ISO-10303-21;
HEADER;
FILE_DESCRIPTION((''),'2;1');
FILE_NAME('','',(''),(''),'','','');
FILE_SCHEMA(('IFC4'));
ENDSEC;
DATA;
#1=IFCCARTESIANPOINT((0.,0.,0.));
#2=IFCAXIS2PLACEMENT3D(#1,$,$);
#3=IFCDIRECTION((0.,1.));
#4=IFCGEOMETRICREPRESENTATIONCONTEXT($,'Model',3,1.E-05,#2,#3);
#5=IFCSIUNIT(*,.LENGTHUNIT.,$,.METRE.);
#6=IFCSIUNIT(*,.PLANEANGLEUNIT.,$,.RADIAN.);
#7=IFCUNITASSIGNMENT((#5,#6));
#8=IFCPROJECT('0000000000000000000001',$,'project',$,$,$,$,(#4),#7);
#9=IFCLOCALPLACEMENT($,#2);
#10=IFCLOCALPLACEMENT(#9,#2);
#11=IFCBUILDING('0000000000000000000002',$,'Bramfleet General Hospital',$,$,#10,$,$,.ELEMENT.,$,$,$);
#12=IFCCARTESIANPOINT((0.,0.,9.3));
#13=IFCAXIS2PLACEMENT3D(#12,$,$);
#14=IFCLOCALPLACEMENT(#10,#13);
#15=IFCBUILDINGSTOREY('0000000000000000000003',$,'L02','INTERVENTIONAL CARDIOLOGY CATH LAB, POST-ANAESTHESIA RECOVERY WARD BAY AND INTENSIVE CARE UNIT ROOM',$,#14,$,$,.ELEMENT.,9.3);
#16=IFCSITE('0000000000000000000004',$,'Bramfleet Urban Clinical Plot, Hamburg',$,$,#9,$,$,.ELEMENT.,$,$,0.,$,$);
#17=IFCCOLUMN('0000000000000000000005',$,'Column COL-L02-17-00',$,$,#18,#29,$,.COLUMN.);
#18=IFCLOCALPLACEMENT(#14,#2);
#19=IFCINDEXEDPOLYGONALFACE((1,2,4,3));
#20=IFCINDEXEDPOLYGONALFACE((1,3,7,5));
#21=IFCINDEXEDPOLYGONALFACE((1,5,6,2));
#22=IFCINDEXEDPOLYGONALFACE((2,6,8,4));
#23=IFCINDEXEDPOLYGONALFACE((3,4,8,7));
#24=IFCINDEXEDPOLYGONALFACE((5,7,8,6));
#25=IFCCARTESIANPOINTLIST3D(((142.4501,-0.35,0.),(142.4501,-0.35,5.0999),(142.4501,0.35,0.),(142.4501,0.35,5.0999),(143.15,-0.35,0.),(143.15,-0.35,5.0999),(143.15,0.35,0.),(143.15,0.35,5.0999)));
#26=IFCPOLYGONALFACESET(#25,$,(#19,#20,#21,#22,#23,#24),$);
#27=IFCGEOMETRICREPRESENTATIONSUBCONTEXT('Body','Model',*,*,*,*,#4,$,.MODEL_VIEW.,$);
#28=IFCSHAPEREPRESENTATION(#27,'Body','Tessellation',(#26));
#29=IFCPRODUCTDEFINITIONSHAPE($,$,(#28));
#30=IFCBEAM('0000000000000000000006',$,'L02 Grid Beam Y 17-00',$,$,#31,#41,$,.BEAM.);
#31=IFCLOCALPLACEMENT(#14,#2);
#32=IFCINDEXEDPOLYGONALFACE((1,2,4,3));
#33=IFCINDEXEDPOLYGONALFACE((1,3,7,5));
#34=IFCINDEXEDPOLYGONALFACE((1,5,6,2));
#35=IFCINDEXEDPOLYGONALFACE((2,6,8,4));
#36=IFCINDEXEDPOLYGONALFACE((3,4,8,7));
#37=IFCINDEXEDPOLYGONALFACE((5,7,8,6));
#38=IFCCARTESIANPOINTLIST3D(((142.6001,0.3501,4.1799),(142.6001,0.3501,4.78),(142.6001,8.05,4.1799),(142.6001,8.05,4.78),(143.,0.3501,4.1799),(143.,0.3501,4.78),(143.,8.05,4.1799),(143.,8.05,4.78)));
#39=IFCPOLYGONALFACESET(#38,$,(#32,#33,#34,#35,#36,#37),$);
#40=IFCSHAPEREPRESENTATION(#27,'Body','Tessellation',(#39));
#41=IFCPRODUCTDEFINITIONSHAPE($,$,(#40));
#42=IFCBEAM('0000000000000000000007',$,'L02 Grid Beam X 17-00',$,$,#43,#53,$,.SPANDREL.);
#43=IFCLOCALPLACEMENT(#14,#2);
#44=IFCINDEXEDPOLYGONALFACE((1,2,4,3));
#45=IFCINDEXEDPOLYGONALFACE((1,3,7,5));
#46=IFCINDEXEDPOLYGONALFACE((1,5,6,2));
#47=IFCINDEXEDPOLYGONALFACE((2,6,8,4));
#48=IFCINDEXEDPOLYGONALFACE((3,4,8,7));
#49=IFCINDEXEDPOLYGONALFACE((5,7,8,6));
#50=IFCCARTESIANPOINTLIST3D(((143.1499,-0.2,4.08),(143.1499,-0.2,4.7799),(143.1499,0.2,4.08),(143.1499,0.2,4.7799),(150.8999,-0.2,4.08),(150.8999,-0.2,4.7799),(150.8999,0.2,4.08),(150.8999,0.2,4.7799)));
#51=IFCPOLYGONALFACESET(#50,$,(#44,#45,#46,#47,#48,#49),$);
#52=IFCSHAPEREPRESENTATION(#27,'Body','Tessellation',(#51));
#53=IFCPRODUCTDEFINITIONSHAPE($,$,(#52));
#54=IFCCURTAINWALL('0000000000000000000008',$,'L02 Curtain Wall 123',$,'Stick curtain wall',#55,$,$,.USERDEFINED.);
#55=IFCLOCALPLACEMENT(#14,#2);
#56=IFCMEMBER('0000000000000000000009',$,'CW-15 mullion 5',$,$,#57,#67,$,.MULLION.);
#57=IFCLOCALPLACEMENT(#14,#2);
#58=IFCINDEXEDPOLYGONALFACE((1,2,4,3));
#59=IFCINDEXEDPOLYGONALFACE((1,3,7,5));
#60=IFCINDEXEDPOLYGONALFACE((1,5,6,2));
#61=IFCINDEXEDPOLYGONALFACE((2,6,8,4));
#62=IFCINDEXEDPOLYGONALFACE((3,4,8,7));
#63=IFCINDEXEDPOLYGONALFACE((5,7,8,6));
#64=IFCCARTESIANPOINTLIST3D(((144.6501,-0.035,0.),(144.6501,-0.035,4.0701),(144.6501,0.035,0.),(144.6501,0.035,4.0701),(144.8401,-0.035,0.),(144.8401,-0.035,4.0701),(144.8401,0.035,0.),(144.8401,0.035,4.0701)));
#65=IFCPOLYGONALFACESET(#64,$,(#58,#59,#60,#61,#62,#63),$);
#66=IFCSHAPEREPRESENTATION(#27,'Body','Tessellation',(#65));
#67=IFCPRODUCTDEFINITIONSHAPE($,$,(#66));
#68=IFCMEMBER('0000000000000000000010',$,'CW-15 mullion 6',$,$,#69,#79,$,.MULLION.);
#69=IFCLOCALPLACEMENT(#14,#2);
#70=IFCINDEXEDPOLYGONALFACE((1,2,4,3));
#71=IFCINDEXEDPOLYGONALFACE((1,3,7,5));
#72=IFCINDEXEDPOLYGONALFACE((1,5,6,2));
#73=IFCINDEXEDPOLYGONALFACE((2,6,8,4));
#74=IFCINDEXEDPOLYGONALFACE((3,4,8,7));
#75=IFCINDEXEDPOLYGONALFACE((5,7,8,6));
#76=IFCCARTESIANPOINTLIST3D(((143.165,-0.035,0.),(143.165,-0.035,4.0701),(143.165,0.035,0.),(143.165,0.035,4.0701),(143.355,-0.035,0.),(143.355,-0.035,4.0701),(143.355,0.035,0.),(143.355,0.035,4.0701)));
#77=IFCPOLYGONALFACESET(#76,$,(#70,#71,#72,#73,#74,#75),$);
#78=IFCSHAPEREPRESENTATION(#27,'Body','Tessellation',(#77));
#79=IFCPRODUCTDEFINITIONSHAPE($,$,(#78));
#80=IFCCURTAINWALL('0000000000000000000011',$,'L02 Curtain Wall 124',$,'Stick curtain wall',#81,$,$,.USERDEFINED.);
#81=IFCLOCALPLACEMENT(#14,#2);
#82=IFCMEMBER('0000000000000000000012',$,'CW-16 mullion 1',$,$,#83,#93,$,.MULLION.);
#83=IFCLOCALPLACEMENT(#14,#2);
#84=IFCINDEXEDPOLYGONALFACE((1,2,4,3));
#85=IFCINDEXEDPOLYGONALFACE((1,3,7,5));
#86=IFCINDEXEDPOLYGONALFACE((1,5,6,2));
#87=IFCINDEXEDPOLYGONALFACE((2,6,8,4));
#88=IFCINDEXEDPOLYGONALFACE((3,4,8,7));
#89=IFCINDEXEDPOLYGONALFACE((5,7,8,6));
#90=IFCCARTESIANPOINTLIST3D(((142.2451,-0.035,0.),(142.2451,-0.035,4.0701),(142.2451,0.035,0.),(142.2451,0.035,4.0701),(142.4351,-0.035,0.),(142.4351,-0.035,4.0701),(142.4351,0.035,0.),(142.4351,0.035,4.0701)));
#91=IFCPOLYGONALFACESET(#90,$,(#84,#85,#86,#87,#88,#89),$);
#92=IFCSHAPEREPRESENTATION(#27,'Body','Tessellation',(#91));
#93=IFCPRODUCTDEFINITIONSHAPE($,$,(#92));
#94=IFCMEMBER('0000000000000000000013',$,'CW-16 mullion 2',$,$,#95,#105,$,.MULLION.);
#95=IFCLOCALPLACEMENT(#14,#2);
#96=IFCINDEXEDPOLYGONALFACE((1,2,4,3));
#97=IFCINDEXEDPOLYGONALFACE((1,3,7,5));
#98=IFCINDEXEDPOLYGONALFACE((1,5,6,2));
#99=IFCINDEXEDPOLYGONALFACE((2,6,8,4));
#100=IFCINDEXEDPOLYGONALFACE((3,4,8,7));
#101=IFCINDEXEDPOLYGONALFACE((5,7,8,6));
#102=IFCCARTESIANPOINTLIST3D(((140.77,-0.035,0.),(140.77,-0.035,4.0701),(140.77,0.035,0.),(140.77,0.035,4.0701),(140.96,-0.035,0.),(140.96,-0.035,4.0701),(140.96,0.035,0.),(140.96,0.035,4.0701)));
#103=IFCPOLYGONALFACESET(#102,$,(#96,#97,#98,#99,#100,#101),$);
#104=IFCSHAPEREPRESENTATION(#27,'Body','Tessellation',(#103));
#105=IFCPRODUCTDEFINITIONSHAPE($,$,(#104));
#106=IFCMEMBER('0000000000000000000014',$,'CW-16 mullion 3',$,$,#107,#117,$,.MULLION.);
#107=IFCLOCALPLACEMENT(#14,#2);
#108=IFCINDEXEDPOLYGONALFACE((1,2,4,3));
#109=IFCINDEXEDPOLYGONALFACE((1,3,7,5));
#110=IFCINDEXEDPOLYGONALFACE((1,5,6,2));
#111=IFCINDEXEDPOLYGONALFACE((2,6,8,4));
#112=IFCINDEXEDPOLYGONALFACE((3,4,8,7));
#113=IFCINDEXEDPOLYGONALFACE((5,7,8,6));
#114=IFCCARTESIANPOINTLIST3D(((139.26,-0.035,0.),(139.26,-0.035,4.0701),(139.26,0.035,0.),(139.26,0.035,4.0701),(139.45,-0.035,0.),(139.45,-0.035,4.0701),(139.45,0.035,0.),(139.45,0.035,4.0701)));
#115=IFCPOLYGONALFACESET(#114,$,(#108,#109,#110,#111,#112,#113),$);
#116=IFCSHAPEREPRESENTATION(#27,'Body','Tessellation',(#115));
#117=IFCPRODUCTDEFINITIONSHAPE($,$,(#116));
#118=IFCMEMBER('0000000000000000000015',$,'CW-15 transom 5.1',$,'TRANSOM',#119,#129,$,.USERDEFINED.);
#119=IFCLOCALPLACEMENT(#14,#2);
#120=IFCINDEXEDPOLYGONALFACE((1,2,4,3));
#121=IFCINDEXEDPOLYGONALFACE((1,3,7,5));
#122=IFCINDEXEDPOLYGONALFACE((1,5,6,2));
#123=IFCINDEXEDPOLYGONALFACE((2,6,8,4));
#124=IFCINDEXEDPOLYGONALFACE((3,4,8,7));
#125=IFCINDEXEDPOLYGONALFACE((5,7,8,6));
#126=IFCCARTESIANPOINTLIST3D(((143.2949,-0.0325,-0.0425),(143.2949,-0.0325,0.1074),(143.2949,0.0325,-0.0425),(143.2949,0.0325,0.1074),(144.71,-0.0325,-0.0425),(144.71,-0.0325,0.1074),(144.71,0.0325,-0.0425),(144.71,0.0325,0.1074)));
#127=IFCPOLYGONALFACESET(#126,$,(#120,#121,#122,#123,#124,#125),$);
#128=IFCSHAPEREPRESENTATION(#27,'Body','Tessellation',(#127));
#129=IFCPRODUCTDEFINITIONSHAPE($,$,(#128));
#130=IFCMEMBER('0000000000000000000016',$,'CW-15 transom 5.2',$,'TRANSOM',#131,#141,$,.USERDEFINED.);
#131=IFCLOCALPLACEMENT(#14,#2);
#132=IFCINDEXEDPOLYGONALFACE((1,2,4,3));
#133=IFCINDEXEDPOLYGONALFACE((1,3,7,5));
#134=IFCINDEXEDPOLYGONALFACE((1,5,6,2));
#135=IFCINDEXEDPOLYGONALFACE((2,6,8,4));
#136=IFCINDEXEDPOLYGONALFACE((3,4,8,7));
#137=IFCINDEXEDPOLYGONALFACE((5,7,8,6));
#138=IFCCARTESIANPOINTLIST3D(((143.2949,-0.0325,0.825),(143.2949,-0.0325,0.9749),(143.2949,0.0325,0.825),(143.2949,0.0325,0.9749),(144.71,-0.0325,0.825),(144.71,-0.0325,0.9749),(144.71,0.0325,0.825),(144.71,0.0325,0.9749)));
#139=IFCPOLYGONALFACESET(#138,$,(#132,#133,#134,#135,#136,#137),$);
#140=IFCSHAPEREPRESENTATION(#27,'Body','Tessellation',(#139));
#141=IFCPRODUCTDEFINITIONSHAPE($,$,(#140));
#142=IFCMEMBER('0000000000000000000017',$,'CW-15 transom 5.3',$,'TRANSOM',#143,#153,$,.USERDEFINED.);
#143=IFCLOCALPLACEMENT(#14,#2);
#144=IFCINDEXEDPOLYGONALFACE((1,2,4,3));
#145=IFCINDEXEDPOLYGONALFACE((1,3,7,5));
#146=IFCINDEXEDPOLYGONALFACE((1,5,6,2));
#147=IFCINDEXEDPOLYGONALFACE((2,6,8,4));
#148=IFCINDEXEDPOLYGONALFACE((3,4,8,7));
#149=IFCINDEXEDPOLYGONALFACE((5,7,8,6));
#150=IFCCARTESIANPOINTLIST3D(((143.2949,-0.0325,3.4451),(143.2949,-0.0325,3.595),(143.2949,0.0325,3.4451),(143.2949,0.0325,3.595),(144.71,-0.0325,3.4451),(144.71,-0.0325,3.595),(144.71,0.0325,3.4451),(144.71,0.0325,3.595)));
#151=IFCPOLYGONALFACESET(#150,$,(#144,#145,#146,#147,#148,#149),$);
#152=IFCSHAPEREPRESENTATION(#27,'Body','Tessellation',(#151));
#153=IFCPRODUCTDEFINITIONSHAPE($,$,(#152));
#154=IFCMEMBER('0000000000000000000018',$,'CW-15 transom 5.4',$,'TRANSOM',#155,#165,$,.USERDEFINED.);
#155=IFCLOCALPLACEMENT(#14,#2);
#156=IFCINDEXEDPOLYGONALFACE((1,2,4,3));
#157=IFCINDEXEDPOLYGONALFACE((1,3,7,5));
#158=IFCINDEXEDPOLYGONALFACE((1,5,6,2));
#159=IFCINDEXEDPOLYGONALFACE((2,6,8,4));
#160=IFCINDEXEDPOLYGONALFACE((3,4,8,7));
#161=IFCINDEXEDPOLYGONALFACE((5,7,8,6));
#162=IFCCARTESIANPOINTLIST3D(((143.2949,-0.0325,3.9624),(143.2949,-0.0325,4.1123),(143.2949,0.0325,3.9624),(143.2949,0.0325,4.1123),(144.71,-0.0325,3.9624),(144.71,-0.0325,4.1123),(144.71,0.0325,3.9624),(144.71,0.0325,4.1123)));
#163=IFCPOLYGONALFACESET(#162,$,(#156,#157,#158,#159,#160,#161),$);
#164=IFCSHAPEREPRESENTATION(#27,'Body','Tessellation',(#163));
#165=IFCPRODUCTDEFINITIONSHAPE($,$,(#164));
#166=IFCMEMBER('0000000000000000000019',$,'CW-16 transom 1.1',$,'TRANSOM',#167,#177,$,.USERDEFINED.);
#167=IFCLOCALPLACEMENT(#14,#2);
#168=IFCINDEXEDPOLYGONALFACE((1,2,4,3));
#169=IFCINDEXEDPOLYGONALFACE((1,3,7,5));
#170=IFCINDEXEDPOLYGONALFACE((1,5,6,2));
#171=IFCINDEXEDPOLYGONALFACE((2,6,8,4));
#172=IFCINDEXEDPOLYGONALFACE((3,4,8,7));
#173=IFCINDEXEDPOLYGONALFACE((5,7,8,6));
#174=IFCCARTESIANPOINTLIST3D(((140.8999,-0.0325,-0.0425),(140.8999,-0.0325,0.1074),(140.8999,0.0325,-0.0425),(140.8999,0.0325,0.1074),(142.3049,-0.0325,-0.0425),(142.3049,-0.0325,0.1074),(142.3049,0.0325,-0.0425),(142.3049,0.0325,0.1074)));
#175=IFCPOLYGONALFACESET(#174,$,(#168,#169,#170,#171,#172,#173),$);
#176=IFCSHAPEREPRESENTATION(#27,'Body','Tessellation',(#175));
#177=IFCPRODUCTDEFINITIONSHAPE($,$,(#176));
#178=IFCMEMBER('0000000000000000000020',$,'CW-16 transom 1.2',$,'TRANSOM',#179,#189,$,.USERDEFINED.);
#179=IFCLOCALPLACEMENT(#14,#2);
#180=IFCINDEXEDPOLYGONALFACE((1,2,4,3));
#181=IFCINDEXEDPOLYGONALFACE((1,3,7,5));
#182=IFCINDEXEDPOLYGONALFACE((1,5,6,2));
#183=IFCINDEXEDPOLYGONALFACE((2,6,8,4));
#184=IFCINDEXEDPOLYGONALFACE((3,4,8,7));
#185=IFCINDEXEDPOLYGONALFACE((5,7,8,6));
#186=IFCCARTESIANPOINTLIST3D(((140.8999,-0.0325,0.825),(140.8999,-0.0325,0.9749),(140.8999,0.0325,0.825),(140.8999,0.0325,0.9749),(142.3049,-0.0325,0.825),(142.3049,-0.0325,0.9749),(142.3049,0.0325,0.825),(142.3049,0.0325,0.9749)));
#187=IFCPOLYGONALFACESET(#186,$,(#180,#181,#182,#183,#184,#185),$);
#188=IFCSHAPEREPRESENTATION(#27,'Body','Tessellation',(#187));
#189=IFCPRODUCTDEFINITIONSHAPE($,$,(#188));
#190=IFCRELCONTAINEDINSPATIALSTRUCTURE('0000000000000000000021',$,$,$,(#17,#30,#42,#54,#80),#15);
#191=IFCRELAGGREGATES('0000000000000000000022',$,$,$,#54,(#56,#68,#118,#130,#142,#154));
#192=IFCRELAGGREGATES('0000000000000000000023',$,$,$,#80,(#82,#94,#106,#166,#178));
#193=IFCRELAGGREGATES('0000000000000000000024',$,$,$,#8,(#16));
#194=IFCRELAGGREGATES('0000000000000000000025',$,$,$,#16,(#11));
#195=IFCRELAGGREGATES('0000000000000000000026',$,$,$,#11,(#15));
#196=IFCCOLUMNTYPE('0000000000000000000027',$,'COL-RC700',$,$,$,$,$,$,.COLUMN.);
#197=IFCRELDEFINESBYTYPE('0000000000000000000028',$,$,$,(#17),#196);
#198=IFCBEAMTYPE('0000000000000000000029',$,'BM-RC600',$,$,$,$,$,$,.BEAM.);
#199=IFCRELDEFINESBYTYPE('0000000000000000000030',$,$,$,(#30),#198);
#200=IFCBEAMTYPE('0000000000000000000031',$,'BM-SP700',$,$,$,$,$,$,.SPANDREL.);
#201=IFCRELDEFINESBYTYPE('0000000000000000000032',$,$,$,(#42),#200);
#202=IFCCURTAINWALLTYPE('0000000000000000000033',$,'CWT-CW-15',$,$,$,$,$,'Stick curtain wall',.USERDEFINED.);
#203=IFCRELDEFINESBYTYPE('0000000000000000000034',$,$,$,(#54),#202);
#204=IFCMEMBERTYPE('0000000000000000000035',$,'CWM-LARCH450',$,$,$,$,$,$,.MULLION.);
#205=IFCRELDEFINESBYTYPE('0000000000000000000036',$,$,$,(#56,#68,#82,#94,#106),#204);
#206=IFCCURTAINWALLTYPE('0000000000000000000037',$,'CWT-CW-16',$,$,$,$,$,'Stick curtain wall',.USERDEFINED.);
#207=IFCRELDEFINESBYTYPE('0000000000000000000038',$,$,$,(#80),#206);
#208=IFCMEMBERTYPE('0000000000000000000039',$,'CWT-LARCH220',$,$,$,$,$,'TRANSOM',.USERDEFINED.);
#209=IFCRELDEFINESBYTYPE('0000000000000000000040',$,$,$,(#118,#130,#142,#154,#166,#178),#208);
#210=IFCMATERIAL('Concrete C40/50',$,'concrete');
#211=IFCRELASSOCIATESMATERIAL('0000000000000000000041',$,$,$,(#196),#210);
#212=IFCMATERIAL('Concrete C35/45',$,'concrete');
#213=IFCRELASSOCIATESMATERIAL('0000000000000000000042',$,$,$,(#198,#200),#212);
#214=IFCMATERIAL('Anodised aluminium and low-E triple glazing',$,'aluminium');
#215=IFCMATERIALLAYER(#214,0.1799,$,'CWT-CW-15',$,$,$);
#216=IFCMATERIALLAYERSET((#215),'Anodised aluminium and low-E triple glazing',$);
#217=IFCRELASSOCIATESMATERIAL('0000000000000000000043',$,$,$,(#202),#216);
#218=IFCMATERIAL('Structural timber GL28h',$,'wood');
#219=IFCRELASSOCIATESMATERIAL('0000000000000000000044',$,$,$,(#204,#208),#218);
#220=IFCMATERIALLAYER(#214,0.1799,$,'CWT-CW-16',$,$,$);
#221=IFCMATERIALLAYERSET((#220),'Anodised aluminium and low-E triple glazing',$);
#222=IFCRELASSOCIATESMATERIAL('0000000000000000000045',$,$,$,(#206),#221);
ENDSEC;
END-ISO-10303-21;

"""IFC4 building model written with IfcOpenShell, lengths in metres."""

from ifc_helpers import new_model, si_unit, direction, frame, origin, origin_2d, place, context, subcontext, project, spatial, rectangle, extrude, material, layer, layer_set, material_profile, profile_set, type_object, element, aggregate, save


model = new_model("IFC4")

# Units and contexts
model_context = context("Model", 3, precision=1e-05, world=origin(), true_north=direction((0.0, 1.0)))
body_context = subcontext(model_context, "Body", "Model", "MODEL_VIEW")
ifc_project = project(units=[si_unit("LENGTHUNIT", "METRE"), si_unit("PLANEANGLEUNIT", "RADIAN")], contexts=[model_context])

# Site, building, storey
site_placement = place(None, origin())
site = spatial("IfcSite", under=ifc_project, at=site_placement, Name="Bramfleet Urban Clinical Plot, Hamburg", CompositionType="ELEMENT", RefElevation=0.0)
building_placement = place(site_placement, origin())
building = spatial("IfcBuilding", under=site, at=building_placement, Name="Bramfleet General Hospital", CompositionType="ELEMENT")
storey_placement = place(building_placement, frame((0.0, 0.0, 9.3)))
storey = spatial("IfcBuildingStorey", under=building, at=storey_placement, Name="L02", Description="INTERVENTIONAL CARDIOLOGY CATH LAB, POST-ANAESTHESIA RECOVERY WARD BAY AND INTENSIVE CARE UNIT ROOM", CompositionType="ELEMENT", Elevation=9.3)

# Column
ifc_material_1 = material(Name="Concrete C40/50", Category="concrete")
ifc_material_profile_1 = material_profile(ifc_material_1, rectangle(XDim=0.7, YDim=0.7, at=origin_2d()), Name="RC COL 700x700")
ifc_profile_set_1 = profile_set([ifc_material_profile_1], Name="Concrete C40/50")
column_type = type_object("IfcColumnType", Name="COL-RC700", PredefinedType="COLUMN", material=ifc_profile_set_1)
column_placement = place(storey_placement, frame((142.8, 0.0, 0.0), z_axis=(0.0, 0.0, 1.0), x_axis=(1.0, 0.0, 0.0)))
element("IfcColumn", 1, at=column_placement, inside=storey, type_object=column_type, Name="Column COL-L02-17-00", PredefinedType="COLUMN", context=body_context, shape_type="SweptSolid", body=[
    extrude(rectangle(XDim=0.7, YDim=0.7, at=origin_2d()), origin(), (0.0, 0.0, 1.0), 5.0999),
])

# Beams
ifc_material_2 = material(Name="Concrete C35/45", Category="concrete")
ifc_material_profile_2 = material_profile(ifc_material_2, rectangle(XDim=0.3999, YDim=0.6001, at=origin_2d()), Name="RC BM 600x400")
ifc_profile_set_2 = profile_set([ifc_material_profile_2], Name="Concrete C35/45")
beam_type_1 = type_object("IfcBeamType", Name="BM-RC600", PredefinedType="BEAM", material=ifc_profile_set_2)
beam_1_placement = place(storey_placement, frame((142.8, 0.3501, 4.48), z_axis=(0.0, 1.0, 0.0), x_axis=(-1.0, 0.0, 0.0)))
element("IfcBeam", 2, at=beam_1_placement, inside=storey, type_object=beam_type_1, Name="L02 Grid Beam Y 17-00", PredefinedType="BEAM", context=body_context, shape_type="SweptSolid", body=[
    extrude(rectangle(XDim=0.3999, YDim=0.6001, at=origin_2d()), origin(), (0.0, 0.0, 1.0), 7.7),
])
ifc_material_profile_3 = material_profile(ifc_material_2, rectangle(XDim=0.3999, YDim=0.7, at=origin_2d()), Name="RC SP 700x400")
ifc_profile_set_3 = profile_set([ifc_material_profile_3], Name="Concrete C35/45")
beam_type_2 = type_object("IfcBeamType", Name="BM-SP700", PredefinedType="SPANDREL", material=ifc_profile_set_3)
beam_2_placement = place(storey_placement, frame((143.1499, 0.0, 4.4299), z_axis=(1.0, 0.0, 0.0), x_axis=(0.0, 1.0, 0.0)))
element("IfcBeam", 3, at=beam_2_placement, inside=storey, type_object=beam_type_2, Name="L02 Grid Beam X 17-00", PredefinedType="SPANDREL", context=body_context, shape_type="SweptSolid", body=[
    extrude(rectangle(XDim=0.3999, YDim=0.7, at=origin_2d()), origin(), (0.0, 0.0, 1.0), 7.75),
])

# Curtain walls, members
ifc_material_3 = material(Name="Anodised aluminium and low-E triple glazing", Category="aluminium")
ifc_layer_1 = layer(ifc_material_3, 0.1799, Name="CWT-CW-15")
ifc_layer_set_1 = layer_set([ifc_layer_1], Name="Anodised aluminium and low-E triple glazing")
curtain_wall_type_1 = type_object("IfcCurtainWallType", Name="CWT-CW-15", ElementType="Stick curtain wall", PredefinedType="USERDEFINED", material=ifc_layer_set_1)
curtain_wall_1_placement = place(storey_placement, origin())
curtain_wall_1 = element("IfcCurtainWall", 4, at=curtain_wall_1_placement, inside=storey, type_object=curtain_wall_type_1, Name="L02 Curtain Wall 123", ObjectType="Stick curtain wall", PredefinedType="USERDEFINED")
ifc_material_4 = material(Name="Structural timber GL28h", Category="wood")
ifc_material_profile_4 = material_profile(ifc_material_4, rectangle(XDim=0.0701, YDim=0.1899, at=origin_2d()), Name="LARCH 190x70")
ifc_profile_set_4 = profile_set([ifc_material_profile_4], Name="Structural timber GL28h")
member_type_1 = type_object("IfcMemberType", Name="CWM-LARCH450", PredefinedType="MULLION", material=ifc_profile_set_4)
member_1_placement = place(storey_placement, frame((144.7451, 0.0, 0.0), z_axis=(0.0, 0.0, 1.0), x_axis=(0.0, -1.0, 0.0)))
member_1 = element("IfcMember", 5, at=member_1_placement, type_object=member_type_1, Name="CW-15 mullion 5", PredefinedType="MULLION", context=body_context, shape_type="SweptSolid", body=[
    extrude(rectangle(XDim=0.0701, YDim=0.1899, at=origin_2d()), origin(), (0.0, 0.0, 1.0), 4.0701),
])
member_2_placement = place(storey_placement, frame((143.26, 0.0, 0.0), z_axis=(0.0, 0.0, 1.0), x_axis=(0.0, -1.0, 0.0)))
member_2 = element("IfcMember", 6, at=member_2_placement, type_object=member_type_1, Name="CW-15 mullion 6", PredefinedType="MULLION", context=body_context, shape_type="SweptSolid", body=[
    extrude(rectangle(XDim=0.0701, YDim=0.1899, at=origin_2d()), origin(), (0.0, 0.0, 1.0), 4.0701),
])
ifc_layer_2 = layer(ifc_material_3, 0.1799, Name="CWT-CW-16")
ifc_layer_set_2 = layer_set([ifc_layer_2], Name="Anodised aluminium and low-E triple glazing")
curtain_wall_type_2 = type_object("IfcCurtainWallType", Name="CWT-CW-16", ElementType="Stick curtain wall", PredefinedType="USERDEFINED", material=ifc_layer_set_2)
curtain_wall_2_placement = place(storey_placement, origin())
curtain_wall_2 = element("IfcCurtainWall", 7, at=curtain_wall_2_placement, inside=storey, type_object=curtain_wall_type_2, Name="L02 Curtain Wall 124", ObjectType="Stick curtain wall", PredefinedType="USERDEFINED")
member_3_placement = place(storey_placement, frame((142.3401, 0.0, 0.0), z_axis=(0.0, 0.0, 1.0), x_axis=(0.0, -1.0, 0.0)))
member_3 = element("IfcMember", 8, at=member_3_placement, type_object=member_type_1, Name="CW-16 mullion 1", PredefinedType="MULLION", context=body_context, shape_type="SweptSolid", body=[
    extrude(rectangle(XDim=0.0701, YDim=0.1899, at=origin_2d()), origin(), (0.0, 0.0, 1.0), 4.0701),
])
member_4_placement = place(storey_placement, frame((140.865, 0.0, 0.0), z_axis=(0.0, 0.0, 1.0), x_axis=(0.0, -1.0, 0.0)))
member_4 = element("IfcMember", 9, at=member_4_placement, type_object=member_type_1, Name="CW-16 mullion 2", PredefinedType="MULLION", context=body_context, shape_type="SweptSolid", body=[
    extrude(rectangle(XDim=0.0701, YDim=0.1899, at=origin_2d()), origin(), (0.0, 0.0, 1.0), 4.0701),
])
member_5_placement = place(storey_placement, frame((139.355, 0.0, 0.0), z_axis=(0.0, 0.0, 1.0), x_axis=(0.0, -1.0, 0.0)))
member_5 = element("IfcMember", 10, at=member_5_placement, type_object=member_type_1, Name="CW-16 mullion 3", PredefinedType="MULLION", context=body_context, shape_type="SweptSolid", body=[
    extrude(rectangle(XDim=0.0701, YDim=0.1899, at=origin_2d()), origin(), (0.0, 0.0, 1.0), 4.0701),
])

# Members
ifc_material_profile_5 = material_profile(ifc_material_4, rectangle(XDim=0.0649, YDim=0.1499, at=origin_2d()), Name="LARCH 150x65")
ifc_profile_set_5 = profile_set([ifc_material_profile_5], Name="Structural timber GL28h")
member_type_2 = type_object("IfcMemberType", Name="CWT-LARCH220", ElementType="TRANSOM", PredefinedType="USERDEFINED", material=ifc_profile_set_5)
member_6_placement = place(storey_placement, frame((144.71, 0.0, 0.0325), z_axis=(-1.0, 0.0, 0.0), x_axis=(0.0, -1.0, 0.0)))
member_6 = element("IfcMember", 11, at=member_6_placement, type_object=member_type_2, Name="CW-15 transom 5.1", ObjectType="TRANSOM", PredefinedType="USERDEFINED", context=body_context, shape_type="SweptSolid", body=[
    extrude(rectangle(XDim=0.0649, YDim=0.1499, at=origin_2d()), origin(), (0.0, 0.0, 1.0), 1.415),
])
member_7_placement = place(storey_placement, frame((144.71, 0.0, 0.8999), z_axis=(-1.0, 0.0, 0.0), x_axis=(0.0, -1.0, 0.0)))
member_7 = element("IfcMember", 12, at=member_7_placement, type_object=member_type_2, Name="CW-15 transom 5.2", ObjectType="TRANSOM", PredefinedType="USERDEFINED", context=body_context, shape_type="SweptSolid", body=[
    extrude(rectangle(XDim=0.0649, YDim=0.1499, at=origin_2d()), origin(), (0.0, 0.0, 1.0), 1.415),
])
member_8_placement = place(storey_placement, frame((144.71, 0.0, 3.52), z_axis=(-1.0, 0.0, 0.0), x_axis=(0.0, -1.0, 0.0)))
member_8 = element("IfcMember", 13, at=member_8_placement, type_object=member_type_2, Name="CW-15 transom 5.3", ObjectType="TRANSOM", PredefinedType="USERDEFINED", context=body_context, shape_type="SweptSolid", body=[
    extrude(rectangle(XDim=0.0649, YDim=0.1499, at=origin_2d()), origin(), (0.0, 0.0, 1.0), 1.415),
])
member_9_placement = place(storey_placement, frame((144.71, 0.0, 4.0374), z_axis=(-1.0, 0.0, 0.0), x_axis=(0.0, -1.0, 0.0)))
member_9 = element("IfcMember", 14, at=member_9_placement, type_object=member_type_2, Name="CW-15 transom 5.4", ObjectType="TRANSOM", PredefinedType="USERDEFINED", context=body_context, shape_type="SweptSolid", body=[
    extrude(rectangle(XDim=0.0649, YDim=0.1499, at=origin_2d()), origin(), (0.0, 0.0, 1.0), 1.415),
])
member_10_placement = place(storey_placement, frame((142.3049, 0.0, 0.0325), z_axis=(-1.0, 0.0, 0.0), x_axis=(0.0, -1.0, 0.0)))
member_10 = element("IfcMember", 15, at=member_10_placement, type_object=member_type_2, Name="CW-16 transom 1.1", ObjectType="TRANSOM", PredefinedType="USERDEFINED", context=body_context, shape_type="SweptSolid", body=[
    extrude(rectangle(XDim=0.0649, YDim=0.1499, at=origin_2d()), origin(), (0.0, 0.0, 1.0), 1.405),
])
member_11_placement = place(storey_placement, frame((142.3049, 0.0, 0.8999), z_axis=(-1.0, 0.0, 0.0), x_axis=(0.0, -1.0, 0.0)))
member_11 = element("IfcMember", 16, at=member_11_placement, type_object=member_type_2, Name="CW-16 transom 1.2", ObjectType="TRANSOM", PredefinedType="USERDEFINED", context=body_context, shape_type="SweptSolid", body=[
    extrude(rectangle(XDim=0.0649, YDim=0.1499, at=origin_2d()), origin(), (0.0, 0.0, 1.0), 1.405),
])

aggregate(curtain_wall_1, [member_1, member_2, member_6, member_7, member_8, member_9])
aggregate(curtain_wall_2, [member_3, member_4, member_5, member_10, member_11])

save(model, "model.ifc")
